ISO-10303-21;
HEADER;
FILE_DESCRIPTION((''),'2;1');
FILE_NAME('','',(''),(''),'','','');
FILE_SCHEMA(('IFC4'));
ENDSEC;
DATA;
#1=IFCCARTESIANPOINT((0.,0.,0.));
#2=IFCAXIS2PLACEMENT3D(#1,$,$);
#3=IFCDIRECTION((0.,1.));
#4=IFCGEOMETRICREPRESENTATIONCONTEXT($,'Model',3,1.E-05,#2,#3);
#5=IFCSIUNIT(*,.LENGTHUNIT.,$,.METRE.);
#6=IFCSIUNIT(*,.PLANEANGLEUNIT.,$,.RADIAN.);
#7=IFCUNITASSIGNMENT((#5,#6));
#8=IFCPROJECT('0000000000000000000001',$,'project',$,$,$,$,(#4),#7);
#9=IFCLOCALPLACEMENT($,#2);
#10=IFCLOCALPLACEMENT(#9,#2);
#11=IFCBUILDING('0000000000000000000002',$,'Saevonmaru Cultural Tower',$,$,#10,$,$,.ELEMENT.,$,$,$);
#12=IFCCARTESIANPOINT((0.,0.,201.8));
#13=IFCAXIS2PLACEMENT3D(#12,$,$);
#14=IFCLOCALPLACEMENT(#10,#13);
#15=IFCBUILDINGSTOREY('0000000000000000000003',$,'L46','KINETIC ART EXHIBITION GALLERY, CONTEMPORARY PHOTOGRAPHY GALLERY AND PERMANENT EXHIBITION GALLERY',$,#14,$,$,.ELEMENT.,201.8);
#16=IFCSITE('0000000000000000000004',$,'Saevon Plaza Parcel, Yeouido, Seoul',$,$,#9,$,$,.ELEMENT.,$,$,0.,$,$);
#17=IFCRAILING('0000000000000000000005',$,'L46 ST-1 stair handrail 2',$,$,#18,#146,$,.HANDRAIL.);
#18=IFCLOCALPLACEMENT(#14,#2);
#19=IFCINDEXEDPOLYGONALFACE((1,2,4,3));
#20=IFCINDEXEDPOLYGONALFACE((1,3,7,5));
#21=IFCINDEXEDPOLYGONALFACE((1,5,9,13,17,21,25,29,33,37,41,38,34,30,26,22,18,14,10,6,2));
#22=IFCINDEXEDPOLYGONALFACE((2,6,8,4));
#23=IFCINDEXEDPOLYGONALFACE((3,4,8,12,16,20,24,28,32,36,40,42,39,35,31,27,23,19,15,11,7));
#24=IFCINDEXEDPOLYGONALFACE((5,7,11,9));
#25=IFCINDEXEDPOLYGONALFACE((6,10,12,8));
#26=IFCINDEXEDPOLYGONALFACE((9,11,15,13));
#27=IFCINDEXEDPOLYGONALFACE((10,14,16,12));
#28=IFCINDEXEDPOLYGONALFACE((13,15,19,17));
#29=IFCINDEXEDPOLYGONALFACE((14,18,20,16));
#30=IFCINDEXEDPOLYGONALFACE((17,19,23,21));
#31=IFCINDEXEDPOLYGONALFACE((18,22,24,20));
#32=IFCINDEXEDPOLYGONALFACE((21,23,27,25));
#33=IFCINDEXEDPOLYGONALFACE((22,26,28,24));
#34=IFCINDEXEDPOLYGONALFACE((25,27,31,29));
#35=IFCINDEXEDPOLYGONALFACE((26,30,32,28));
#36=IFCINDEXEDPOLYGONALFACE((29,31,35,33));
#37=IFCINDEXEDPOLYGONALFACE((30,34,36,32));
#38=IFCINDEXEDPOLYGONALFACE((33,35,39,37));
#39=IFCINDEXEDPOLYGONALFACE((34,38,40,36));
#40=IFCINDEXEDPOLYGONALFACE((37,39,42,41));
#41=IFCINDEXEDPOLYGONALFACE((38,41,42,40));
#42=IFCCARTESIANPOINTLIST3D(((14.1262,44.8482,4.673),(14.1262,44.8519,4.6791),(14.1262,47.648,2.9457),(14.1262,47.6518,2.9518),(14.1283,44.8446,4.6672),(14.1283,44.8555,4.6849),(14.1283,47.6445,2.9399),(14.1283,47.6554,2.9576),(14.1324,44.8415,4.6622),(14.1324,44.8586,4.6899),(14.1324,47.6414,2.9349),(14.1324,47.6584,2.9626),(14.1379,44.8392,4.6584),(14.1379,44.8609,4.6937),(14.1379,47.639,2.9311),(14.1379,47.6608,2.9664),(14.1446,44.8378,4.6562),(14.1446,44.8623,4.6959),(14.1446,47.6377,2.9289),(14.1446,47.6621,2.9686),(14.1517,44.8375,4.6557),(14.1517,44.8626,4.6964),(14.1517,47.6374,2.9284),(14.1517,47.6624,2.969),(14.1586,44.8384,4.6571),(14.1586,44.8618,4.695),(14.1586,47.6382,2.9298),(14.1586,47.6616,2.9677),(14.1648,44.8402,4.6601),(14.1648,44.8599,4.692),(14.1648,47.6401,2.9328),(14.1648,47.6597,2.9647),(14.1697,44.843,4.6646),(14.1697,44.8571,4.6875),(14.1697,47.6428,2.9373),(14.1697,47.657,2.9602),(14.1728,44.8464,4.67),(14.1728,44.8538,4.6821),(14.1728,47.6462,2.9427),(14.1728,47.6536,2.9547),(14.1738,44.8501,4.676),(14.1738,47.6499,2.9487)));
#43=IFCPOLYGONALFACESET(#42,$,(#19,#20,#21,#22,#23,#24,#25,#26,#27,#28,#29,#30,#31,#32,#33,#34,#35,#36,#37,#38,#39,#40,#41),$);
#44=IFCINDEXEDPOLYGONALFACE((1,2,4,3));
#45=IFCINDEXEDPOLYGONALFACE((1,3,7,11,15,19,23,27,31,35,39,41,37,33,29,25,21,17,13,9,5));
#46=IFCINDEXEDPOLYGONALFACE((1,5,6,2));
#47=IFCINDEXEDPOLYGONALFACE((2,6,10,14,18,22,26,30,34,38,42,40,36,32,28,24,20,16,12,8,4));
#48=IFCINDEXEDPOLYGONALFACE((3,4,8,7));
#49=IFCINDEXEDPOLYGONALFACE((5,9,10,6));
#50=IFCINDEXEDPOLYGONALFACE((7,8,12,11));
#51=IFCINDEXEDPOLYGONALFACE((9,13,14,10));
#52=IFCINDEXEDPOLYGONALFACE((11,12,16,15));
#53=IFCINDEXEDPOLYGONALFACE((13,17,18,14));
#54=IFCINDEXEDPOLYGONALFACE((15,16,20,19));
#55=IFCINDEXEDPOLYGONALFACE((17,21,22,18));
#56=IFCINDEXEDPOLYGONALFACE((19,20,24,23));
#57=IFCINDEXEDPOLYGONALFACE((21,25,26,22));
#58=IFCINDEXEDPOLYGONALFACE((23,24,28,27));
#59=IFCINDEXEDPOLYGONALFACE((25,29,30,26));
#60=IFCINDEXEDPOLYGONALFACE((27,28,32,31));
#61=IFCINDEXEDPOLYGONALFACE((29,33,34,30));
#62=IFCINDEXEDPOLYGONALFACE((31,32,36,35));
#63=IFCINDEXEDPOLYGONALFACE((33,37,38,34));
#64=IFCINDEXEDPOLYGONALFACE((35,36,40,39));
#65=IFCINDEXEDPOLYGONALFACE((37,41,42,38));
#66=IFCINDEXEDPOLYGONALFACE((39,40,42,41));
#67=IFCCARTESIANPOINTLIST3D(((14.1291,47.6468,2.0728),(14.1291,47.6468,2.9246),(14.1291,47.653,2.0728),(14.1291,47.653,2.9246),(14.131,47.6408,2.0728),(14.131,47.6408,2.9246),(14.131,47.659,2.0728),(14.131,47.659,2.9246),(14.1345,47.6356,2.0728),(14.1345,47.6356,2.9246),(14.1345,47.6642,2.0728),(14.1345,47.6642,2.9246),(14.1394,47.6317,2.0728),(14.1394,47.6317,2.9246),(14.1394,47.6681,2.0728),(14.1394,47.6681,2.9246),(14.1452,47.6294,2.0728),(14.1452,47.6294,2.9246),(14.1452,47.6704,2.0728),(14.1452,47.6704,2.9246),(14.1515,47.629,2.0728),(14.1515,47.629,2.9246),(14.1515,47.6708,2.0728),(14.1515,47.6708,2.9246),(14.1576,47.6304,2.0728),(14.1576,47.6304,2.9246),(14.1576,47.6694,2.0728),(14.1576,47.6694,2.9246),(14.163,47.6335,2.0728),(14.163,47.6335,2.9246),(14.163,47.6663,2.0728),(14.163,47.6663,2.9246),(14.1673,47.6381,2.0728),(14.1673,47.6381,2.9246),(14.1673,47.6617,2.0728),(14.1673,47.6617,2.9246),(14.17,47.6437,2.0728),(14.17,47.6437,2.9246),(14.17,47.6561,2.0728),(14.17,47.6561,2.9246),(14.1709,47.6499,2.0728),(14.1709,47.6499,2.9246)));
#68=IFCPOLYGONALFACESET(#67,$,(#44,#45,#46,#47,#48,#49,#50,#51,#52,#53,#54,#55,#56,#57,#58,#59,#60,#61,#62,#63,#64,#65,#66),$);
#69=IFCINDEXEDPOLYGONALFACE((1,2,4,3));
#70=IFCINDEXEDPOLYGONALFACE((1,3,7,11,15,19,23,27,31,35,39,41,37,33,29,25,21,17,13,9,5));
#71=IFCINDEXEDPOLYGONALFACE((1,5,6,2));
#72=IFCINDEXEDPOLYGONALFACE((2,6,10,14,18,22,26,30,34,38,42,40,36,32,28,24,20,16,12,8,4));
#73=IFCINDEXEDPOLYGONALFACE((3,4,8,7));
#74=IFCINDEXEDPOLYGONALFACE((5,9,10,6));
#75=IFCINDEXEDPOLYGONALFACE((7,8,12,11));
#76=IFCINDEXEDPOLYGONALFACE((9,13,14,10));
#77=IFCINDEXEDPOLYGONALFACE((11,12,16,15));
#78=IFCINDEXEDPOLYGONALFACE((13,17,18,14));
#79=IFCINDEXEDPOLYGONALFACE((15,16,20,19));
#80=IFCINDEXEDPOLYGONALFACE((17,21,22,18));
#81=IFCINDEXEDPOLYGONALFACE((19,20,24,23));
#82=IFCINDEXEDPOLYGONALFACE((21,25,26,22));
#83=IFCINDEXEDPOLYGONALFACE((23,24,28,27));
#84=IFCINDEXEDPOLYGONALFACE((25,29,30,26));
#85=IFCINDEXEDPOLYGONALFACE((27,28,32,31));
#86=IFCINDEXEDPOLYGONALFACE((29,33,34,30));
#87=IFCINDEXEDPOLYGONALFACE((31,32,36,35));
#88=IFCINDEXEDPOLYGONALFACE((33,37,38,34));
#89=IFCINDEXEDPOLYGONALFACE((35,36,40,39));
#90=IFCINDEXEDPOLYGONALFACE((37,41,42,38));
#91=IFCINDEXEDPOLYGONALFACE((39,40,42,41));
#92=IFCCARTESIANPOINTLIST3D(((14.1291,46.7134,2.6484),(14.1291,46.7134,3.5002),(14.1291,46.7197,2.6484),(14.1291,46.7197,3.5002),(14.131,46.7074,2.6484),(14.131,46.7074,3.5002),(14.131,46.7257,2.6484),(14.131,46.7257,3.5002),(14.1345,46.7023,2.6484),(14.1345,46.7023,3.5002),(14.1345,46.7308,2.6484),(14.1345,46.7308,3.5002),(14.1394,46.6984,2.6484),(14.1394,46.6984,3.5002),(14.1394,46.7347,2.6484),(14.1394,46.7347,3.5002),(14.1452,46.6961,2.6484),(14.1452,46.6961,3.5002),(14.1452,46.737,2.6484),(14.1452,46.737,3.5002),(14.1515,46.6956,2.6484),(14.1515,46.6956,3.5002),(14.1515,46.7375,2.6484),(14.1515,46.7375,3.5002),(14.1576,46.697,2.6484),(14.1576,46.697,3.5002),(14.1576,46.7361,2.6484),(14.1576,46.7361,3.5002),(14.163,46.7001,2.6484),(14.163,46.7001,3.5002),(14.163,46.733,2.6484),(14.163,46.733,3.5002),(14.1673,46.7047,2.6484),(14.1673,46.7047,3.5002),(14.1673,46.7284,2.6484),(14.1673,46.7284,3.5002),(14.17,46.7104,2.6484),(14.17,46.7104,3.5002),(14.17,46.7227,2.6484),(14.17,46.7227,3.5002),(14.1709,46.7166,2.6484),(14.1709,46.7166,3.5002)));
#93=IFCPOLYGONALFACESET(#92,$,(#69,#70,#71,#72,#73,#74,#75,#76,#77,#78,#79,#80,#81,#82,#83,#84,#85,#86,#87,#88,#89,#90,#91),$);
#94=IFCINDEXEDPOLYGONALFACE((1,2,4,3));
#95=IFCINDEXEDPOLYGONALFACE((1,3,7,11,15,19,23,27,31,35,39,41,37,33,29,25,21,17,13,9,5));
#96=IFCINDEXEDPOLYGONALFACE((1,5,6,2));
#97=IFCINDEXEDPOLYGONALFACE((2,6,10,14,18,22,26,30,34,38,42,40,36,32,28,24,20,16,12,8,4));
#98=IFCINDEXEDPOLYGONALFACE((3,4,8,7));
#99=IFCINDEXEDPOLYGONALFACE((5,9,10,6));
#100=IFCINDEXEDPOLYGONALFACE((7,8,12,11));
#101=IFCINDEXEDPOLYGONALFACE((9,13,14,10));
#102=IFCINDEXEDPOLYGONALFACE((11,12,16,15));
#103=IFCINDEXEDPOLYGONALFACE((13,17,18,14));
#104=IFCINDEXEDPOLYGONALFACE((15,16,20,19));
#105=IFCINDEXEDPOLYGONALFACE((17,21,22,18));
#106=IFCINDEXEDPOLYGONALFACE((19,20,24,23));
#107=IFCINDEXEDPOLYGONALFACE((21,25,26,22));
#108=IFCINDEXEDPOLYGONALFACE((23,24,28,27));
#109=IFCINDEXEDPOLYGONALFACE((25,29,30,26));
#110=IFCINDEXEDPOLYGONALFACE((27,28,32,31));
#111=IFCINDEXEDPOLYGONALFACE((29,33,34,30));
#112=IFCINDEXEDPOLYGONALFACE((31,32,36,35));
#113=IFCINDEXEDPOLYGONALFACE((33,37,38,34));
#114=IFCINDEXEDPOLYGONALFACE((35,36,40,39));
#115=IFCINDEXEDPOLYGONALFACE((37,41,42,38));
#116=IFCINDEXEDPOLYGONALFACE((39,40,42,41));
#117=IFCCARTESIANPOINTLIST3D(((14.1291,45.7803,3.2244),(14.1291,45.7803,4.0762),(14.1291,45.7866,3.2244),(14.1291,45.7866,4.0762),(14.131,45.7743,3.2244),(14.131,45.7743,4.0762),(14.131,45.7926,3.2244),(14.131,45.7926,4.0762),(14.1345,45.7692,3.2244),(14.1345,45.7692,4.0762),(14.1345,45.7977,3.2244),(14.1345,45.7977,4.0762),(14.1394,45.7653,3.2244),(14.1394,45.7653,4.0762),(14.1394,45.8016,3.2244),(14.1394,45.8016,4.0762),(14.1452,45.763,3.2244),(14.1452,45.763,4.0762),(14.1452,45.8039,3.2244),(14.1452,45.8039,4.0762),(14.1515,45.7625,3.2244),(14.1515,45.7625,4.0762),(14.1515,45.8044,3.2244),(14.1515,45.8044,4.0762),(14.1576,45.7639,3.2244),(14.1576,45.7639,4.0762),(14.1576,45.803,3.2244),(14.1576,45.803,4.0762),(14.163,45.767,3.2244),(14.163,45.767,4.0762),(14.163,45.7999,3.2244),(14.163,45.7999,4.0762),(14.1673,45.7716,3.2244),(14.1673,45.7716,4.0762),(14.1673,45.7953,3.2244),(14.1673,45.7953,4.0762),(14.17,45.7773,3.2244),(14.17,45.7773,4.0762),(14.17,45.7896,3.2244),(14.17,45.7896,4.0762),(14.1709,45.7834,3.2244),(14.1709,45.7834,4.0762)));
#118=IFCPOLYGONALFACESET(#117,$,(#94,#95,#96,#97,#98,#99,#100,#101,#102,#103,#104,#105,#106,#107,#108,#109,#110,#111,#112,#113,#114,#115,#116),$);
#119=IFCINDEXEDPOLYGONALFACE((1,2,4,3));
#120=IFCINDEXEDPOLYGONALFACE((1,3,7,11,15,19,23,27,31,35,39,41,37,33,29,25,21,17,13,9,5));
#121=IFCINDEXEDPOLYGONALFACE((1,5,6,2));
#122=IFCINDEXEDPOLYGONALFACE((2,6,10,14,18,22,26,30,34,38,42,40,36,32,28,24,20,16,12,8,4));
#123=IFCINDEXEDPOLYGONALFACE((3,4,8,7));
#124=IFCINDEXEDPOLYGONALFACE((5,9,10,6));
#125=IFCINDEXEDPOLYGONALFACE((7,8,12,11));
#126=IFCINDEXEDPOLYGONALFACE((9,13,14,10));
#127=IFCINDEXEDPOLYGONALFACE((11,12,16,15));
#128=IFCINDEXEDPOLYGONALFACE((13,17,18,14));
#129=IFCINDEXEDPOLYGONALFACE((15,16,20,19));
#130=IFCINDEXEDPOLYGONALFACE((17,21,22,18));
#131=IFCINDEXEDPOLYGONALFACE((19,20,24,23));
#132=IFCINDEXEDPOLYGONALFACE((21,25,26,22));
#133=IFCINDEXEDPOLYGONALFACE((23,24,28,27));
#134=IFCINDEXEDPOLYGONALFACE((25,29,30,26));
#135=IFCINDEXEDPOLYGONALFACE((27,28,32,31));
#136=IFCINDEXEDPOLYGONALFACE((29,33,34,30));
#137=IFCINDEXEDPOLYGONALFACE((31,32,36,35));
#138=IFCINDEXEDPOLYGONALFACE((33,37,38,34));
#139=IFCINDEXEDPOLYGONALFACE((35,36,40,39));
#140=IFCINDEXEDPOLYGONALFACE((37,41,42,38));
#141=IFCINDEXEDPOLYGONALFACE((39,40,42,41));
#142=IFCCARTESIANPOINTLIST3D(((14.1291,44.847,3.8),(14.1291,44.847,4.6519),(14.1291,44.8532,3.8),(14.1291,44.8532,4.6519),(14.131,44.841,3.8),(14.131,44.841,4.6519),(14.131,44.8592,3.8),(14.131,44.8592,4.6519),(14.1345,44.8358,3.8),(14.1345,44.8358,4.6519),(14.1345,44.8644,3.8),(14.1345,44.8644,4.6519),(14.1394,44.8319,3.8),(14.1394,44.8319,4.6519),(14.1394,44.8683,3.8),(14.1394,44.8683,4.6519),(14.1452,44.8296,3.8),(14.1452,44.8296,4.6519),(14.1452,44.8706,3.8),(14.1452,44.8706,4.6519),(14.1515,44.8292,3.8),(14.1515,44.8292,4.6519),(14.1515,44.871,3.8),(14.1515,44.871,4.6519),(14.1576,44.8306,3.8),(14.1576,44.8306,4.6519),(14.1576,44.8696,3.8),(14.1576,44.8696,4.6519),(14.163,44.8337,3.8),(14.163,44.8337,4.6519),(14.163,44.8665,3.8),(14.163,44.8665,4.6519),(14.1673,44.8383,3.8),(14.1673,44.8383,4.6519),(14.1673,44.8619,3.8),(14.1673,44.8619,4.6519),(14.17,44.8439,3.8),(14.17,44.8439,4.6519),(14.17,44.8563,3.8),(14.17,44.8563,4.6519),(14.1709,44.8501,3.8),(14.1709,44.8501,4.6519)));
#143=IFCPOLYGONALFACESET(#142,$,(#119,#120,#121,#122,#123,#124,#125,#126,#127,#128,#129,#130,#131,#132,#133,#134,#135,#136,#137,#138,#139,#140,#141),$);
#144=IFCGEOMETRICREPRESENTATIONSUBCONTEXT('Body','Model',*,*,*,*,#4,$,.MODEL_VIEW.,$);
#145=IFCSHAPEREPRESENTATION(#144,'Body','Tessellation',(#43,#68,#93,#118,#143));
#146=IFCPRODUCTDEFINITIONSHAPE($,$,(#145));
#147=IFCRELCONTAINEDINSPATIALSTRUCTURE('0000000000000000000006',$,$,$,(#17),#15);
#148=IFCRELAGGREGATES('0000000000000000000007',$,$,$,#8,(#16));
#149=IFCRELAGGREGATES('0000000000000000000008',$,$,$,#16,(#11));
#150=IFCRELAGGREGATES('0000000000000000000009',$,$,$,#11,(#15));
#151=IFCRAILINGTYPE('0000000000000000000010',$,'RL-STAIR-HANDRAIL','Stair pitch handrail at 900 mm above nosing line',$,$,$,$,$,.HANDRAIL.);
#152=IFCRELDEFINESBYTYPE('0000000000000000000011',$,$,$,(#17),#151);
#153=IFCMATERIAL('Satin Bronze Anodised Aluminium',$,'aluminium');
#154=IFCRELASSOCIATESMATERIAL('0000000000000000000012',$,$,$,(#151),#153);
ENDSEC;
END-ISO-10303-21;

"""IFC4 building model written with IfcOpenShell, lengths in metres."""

from ifc_helpers import new_model, si_unit, direction, frame, origin, origin_2d, place, context, subcontext, project, spatial, circle, extrude, material, type_object, element, save


model = new_model("IFC4")

# Units and contexts
model_context = context("Model", 3, precision=1e-05, world=origin(), true_north=direction((0.0, 1.0)))
body_context = subcontext(model_context, "Body", "Model", "MODEL_VIEW")
ifc_project = project(units=[si_unit("LENGTHUNIT", "METRE"), si_unit("PLANEANGLEUNIT", "RADIAN")], contexts=[model_context])

# Site, building, storey
site_placement = place(None, origin())
site = spatial("IfcSite", under=ifc_project, at=site_placement, Name="Saevon Plaza Parcel, Yeouido, Seoul", CompositionType="ELEMENT", RefElevation=0.0)
building_placement = place(site_placement, origin())
building = spatial("IfcBuilding", under=site, at=building_placement, Name="Saevonmaru Cultural Tower", CompositionType="ELEMENT")
storey_placement = place(building_placement, frame((0.0, 0.0, 201.8)))
storey = spatial("IfcBuildingStorey", under=building, at=storey_placement, Name="L46", Description="KINETIC ART EXHIBITION GALLERY, CONTEMPORARY PHOTOGRAPHY GALLERY AND PERMANENT EXHIBITION GALLERY", CompositionType="ELEMENT", Elevation=201.8)

# Shared definitions
ifc_material_1 = material(Name="Satin Bronze Anodised Aluminium", Category="aluminium")

# Railing
railing_type_1 = type_object("IfcRailingType", Name="RL-STAIR-HANDRAIL", Description="Stair pitch handrail at 900 mm above nosing line", PredefinedType="HANDRAIL", material=ifc_material_1)
railing_1_placement = place(storey_placement, frame((14.1499, 47.6499, 2.0728)))
element("IfcRailing", 1, at=railing_1_placement, inside=storey, type_object=railing_type_1, Name="L46 ST-1 stair handrail 2", PredefinedType="HANDRAIL", context=body_context, shape_type="SweptSolid", body=[
    extrude(circle(Radius=0.0239, at=origin_2d()), frame((0.0, 0.0, 0.876), z_axis=(0.0, -0.851069, 0.525054), x_axis=(1.0, 0.0, 0.0)), (0.0, 0.0, 1.0), 3.2898),
    extrude(circle(Radius=0.021, at=origin_2d()), origin(), (0.0, 0.0, 1.0), 0.8518),
    extrude(circle(Radius=0.021, at=origin_2d()), frame((0.0, -0.9333, 0.5757)), (0.0, 0.0, 1.0), 0.8518),
    extrude(circle(Radius=0.021, at=origin_2d()), frame((0.0, -1.8665, 1.1516)), (0.0, 0.0, 1.0), 0.8518),
    extrude(circle(Radius=0.021, at=origin_2d()), frame((0.0, -2.7998, 1.7273)), (0.0, 0.0, 1.0), 0.8518),
])

save(model, "model.ifc")
